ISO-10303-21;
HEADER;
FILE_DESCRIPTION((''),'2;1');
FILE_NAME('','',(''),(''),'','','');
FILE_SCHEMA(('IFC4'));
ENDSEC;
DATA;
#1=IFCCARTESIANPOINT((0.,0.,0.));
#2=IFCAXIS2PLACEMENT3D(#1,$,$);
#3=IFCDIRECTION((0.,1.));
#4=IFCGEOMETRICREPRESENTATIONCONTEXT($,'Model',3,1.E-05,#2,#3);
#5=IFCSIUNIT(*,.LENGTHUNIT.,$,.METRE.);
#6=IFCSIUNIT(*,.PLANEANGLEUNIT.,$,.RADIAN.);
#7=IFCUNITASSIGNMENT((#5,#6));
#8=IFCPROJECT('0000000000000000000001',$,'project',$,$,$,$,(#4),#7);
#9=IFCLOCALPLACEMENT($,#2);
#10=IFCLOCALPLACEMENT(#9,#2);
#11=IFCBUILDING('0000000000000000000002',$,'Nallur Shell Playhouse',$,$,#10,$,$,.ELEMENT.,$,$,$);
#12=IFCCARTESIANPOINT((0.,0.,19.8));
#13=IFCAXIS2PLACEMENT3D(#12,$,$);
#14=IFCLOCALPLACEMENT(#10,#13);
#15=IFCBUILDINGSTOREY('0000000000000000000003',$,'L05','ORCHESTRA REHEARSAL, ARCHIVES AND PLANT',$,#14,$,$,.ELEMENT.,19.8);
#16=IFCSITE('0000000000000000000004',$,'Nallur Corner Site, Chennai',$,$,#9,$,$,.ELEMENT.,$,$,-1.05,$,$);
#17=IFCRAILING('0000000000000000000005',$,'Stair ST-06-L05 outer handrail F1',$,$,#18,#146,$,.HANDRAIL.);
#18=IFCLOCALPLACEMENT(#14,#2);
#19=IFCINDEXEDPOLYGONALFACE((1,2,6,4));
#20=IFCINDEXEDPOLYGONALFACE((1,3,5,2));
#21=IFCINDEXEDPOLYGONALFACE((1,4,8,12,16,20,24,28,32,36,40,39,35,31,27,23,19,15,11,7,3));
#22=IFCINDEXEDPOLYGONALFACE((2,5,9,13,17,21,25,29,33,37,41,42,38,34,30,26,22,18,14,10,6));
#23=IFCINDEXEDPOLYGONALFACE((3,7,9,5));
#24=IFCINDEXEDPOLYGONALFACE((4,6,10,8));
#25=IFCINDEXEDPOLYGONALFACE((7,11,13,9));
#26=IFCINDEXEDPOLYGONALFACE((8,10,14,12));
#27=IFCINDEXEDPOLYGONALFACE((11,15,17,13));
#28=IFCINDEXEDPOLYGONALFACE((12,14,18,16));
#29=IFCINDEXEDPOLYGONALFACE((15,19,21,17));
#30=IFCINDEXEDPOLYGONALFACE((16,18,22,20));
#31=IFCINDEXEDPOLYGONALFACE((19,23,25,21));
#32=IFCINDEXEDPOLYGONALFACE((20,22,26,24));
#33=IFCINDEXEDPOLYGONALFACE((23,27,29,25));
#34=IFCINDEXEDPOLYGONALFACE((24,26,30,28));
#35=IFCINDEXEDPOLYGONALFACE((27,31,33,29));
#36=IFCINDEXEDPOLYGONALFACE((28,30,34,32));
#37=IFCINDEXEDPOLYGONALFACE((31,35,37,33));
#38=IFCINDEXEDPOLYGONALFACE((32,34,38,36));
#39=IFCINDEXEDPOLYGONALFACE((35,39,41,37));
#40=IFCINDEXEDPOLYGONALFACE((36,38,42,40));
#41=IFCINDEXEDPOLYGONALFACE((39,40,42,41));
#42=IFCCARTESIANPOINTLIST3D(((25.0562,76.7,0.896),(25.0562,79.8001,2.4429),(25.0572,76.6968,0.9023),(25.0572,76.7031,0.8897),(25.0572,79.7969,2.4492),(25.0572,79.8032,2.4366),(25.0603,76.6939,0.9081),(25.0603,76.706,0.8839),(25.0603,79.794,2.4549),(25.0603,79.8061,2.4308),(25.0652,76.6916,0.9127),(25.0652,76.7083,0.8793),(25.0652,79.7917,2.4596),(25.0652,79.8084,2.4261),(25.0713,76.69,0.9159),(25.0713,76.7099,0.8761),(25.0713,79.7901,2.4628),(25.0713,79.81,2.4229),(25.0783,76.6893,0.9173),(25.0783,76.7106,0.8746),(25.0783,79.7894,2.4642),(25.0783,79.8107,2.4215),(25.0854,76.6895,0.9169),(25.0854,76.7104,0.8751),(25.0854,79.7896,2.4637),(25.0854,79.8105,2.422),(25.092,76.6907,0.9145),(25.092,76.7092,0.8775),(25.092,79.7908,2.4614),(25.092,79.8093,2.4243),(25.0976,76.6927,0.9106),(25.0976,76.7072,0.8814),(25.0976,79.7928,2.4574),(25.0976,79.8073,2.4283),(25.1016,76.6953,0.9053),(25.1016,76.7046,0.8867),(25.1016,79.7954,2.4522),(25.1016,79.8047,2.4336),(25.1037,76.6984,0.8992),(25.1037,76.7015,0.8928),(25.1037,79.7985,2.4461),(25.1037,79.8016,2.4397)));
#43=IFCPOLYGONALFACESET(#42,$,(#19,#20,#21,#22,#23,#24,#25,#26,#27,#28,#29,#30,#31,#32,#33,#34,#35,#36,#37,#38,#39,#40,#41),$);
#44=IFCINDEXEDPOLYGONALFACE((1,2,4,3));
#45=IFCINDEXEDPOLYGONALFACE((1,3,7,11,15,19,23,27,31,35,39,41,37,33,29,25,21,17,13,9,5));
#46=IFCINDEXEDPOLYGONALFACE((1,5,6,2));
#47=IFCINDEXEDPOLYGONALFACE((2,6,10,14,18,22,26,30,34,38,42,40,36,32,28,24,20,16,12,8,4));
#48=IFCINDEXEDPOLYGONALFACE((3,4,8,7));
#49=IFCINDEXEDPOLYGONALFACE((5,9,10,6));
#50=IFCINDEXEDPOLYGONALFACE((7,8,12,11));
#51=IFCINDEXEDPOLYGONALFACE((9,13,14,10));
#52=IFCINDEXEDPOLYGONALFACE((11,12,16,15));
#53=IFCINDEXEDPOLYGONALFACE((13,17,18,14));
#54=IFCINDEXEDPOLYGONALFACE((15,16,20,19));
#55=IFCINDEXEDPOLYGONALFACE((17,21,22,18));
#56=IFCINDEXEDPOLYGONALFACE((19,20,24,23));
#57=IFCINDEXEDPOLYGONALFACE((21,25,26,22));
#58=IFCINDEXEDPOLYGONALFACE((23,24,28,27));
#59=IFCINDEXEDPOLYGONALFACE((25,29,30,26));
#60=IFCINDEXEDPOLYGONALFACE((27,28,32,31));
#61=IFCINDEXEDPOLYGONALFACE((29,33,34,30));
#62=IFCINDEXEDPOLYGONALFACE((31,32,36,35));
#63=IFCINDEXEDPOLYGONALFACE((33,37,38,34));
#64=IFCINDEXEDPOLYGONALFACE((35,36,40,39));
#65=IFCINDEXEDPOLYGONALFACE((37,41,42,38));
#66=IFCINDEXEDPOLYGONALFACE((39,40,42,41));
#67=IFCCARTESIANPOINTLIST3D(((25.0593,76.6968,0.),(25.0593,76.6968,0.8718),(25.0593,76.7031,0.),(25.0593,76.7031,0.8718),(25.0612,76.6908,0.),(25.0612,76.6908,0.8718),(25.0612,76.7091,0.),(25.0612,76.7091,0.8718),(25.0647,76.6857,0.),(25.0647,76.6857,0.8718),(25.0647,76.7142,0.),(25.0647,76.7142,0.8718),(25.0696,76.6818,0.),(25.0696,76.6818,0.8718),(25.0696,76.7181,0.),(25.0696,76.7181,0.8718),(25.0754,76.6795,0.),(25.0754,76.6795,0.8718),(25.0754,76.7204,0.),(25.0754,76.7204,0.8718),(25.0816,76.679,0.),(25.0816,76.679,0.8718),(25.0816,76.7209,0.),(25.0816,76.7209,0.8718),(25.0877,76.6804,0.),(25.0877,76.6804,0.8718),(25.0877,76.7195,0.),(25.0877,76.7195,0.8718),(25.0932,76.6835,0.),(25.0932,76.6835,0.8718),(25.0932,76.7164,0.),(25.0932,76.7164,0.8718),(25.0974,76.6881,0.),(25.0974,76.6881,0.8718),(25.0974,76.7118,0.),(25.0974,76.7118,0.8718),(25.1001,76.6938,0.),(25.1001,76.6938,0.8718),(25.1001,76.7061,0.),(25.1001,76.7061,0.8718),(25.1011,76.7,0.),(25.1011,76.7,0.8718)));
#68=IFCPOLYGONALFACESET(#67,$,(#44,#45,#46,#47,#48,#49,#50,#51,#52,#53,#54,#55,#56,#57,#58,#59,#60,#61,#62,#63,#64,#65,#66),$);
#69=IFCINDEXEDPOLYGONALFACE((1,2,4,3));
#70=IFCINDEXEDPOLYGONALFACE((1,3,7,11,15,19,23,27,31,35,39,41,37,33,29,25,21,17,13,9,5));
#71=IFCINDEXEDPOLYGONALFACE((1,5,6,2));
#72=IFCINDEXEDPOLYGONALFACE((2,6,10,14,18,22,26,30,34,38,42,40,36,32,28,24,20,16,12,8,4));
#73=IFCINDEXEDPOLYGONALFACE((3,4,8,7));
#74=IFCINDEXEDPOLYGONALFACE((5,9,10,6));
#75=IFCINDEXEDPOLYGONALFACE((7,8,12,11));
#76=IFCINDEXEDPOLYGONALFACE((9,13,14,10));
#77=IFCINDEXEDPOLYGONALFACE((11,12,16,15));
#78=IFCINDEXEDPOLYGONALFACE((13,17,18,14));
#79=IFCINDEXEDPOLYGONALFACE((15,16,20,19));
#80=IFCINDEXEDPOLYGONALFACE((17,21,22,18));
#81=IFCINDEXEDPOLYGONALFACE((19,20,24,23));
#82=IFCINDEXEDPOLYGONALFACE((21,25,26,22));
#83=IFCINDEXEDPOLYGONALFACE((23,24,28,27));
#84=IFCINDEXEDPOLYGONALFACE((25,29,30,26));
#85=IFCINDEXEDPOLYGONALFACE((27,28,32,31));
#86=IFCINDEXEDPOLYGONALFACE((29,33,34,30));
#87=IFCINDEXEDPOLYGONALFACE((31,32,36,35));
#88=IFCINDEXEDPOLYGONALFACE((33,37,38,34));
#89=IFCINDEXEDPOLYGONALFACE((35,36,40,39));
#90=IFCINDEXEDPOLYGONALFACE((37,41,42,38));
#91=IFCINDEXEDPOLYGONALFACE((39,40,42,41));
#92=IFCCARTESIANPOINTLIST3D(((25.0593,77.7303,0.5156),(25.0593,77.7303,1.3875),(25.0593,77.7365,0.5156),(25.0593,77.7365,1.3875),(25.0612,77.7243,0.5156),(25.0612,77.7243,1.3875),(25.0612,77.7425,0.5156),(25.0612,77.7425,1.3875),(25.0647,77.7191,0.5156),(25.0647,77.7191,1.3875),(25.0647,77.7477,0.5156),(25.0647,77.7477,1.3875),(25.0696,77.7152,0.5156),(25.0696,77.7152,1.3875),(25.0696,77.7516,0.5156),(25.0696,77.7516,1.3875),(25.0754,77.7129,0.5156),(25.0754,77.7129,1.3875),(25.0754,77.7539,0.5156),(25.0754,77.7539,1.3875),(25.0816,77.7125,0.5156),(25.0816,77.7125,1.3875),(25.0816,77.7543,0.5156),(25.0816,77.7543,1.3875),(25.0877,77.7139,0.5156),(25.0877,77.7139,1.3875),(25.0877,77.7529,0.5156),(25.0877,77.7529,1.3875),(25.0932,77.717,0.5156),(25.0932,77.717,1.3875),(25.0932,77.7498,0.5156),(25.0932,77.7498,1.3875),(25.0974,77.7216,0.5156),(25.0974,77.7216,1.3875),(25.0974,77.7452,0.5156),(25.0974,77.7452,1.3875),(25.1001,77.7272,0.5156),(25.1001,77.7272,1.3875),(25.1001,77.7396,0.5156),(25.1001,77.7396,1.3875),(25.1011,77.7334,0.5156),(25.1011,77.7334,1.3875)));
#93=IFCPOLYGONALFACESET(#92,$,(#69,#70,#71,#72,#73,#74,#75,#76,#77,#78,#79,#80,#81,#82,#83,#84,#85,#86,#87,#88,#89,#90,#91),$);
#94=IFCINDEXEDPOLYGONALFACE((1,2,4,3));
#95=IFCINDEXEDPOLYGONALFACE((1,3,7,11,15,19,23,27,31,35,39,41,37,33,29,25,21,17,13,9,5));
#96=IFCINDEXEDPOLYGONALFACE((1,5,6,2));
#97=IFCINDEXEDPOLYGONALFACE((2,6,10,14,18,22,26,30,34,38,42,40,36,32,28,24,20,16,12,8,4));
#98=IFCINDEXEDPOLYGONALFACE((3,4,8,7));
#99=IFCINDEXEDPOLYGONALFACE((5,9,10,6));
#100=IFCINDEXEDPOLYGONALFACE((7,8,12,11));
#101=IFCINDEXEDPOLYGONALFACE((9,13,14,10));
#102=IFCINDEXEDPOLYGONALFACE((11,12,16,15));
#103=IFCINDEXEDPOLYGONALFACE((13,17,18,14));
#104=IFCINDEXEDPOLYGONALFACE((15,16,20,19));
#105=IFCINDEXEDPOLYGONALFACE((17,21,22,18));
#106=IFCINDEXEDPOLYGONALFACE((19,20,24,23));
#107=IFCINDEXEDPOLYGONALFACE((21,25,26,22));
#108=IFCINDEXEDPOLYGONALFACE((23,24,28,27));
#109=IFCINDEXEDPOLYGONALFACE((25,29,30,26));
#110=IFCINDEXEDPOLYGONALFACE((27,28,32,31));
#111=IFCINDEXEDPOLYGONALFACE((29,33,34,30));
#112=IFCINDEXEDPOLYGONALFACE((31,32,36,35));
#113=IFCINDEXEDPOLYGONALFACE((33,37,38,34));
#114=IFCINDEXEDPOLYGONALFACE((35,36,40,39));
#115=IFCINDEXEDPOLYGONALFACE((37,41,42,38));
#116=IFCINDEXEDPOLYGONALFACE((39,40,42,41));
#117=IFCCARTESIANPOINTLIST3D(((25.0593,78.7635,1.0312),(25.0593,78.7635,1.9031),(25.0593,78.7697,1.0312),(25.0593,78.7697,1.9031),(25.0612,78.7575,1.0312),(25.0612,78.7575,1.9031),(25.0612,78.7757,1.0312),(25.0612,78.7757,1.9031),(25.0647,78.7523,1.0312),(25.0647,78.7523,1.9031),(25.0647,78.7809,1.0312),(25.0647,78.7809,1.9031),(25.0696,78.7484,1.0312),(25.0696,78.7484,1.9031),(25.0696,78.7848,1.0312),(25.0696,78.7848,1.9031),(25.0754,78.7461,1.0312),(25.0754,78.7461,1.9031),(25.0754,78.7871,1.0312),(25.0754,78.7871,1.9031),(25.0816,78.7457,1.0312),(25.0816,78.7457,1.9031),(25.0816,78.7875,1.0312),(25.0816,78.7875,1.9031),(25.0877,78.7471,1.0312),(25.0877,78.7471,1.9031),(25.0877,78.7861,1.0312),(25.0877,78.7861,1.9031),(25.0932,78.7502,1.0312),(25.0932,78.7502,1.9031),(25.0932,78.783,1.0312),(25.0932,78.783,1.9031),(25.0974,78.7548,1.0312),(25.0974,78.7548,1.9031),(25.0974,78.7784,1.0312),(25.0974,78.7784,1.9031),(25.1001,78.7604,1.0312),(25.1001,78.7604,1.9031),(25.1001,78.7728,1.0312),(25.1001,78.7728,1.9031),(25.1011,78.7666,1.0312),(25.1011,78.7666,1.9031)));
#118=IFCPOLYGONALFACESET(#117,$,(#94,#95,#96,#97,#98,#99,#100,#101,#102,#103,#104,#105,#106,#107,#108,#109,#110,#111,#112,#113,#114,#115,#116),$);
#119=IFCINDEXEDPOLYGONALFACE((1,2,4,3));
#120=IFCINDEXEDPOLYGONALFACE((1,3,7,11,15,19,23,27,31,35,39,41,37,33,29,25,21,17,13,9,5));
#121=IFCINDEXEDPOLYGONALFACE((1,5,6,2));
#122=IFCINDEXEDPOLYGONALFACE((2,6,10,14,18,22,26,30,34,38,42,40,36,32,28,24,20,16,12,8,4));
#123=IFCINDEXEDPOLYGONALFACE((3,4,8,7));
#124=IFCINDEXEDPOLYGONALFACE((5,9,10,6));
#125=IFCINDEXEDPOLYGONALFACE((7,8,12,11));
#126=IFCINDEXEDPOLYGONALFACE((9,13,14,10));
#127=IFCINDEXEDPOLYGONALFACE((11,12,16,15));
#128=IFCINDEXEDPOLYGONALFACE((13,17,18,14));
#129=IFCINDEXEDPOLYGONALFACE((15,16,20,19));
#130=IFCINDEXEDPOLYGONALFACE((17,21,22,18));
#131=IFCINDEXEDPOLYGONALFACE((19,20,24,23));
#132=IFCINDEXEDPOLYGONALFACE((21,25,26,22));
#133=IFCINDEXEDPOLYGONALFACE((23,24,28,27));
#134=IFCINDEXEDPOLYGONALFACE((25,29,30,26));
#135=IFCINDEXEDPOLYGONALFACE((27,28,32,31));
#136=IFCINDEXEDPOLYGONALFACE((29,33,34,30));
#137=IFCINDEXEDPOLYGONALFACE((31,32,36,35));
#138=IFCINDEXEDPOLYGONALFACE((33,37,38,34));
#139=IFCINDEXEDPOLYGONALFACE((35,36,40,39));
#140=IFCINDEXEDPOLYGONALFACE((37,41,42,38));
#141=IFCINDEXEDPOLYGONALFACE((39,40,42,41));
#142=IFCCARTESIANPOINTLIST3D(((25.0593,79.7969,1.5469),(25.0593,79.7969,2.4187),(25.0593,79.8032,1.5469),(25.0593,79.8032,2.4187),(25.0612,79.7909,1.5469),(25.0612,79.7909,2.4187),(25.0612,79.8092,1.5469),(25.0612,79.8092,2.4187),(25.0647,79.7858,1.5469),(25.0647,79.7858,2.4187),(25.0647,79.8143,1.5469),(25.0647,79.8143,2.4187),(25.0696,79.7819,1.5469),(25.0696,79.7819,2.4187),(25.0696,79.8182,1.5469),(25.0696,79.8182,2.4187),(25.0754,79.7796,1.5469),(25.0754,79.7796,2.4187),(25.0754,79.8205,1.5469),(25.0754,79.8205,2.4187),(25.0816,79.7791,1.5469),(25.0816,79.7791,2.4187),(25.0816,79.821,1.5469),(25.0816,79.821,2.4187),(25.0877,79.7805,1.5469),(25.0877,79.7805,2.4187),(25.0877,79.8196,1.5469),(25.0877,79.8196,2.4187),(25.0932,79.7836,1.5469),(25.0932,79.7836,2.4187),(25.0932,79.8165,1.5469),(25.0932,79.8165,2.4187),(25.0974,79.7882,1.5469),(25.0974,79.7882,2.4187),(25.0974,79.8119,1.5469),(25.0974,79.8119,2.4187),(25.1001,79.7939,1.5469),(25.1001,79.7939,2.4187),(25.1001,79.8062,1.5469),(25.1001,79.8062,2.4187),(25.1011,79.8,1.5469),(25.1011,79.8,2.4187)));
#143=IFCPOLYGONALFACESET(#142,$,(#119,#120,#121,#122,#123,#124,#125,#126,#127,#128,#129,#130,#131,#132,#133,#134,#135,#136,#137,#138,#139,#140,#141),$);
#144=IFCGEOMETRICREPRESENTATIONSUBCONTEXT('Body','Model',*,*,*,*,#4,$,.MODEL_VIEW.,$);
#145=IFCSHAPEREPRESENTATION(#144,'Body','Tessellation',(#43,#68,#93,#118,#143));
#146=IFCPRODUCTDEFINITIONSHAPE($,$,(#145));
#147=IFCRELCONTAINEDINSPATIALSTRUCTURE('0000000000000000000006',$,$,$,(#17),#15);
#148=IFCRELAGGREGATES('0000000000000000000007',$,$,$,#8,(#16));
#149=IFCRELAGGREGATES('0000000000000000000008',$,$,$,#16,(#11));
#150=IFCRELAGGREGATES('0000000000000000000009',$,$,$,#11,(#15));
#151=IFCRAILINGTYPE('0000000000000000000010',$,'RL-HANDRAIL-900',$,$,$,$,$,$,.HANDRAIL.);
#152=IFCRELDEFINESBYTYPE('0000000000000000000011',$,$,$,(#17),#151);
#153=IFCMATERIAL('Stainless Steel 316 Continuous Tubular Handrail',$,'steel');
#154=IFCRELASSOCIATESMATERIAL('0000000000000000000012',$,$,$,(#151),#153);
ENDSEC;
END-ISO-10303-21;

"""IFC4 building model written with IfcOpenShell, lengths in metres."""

from ifc_helpers import new_model, si_unit, direction, frame, origin, origin_2d, place, context, subcontext, project, spatial, circle, extrude, material, type_object, element, save


model = new_model("IFC4")

# Units and contexts
model_context = context("Model", 3, precision=1e-05, world=origin(), true_north=direction((0.0, 1.0)))
body_context = subcontext(model_context, "Body", "Model", "MODEL_VIEW")
ifc_project = project(units=[si_unit("LENGTHUNIT", "METRE"), si_unit("PLANEANGLEUNIT", "RADIAN")], contexts=[model_context])

# Site, building, storey
site_placement = place(None, origin())
site = spatial("IfcSite", under=ifc_project, at=site_placement, Name="Nallur Corner Site, Chennai", CompositionType="ELEMENT", RefElevation=-1.05)
building_placement = place(site_placement, origin())
building = spatial("IfcBuilding", under=site, at=building_placement, Name="Nallur Shell Playhouse", CompositionType="ELEMENT")
storey_placement = place(building_placement, frame((0.0, 0.0, 19.8)))
storey = spatial("IfcBuildingStorey", under=building, at=storey_placement, Name="L05", Description="ORCHESTRA REHEARSAL, ARCHIVES AND PLANT", CompositionType="ELEMENT", Elevation=19.8)

# Railing
ifc_material_1 = material(Name="Stainless Steel 316 Continuous Tubular Handrail", Category="steel")
railing_type_1 = type_object("IfcRailingType", Name="RL-HANDRAIL-900", PredefinedType="HANDRAIL", material=ifc_material_1)
railing_1_placement = place(storey_placement, frame((25.0801, 76.7, 0.0)))
element("IfcRailing", 1, at=railing_1_placement, inside=storey, type_object=railing_type_1, Name="Stair ST-06-L05 outer handrail F1", PredefinedType="HANDRAIL", context=body_context, shape_type="SweptSolid", body=[
    extrude(circle(Radius=0.0239, at=origin_2d()), frame((0.0, 0.0, 0.896), z_axis=(0.0, 0.894793, 0.446481), x_axis=(-1.0, 0.0, 0.0)), (0.0, 0.0, 1.0), 3.4646),
    extrude(circle(Radius=0.021, at=origin_2d()), origin(), (0.0, 0.0, 1.0), 0.8718),
    extrude(circle(Radius=0.021, at=origin_2d()), frame((0.0, 1.0334, 0.5156)), (0.0, 0.0, 1.0), 0.8718),
    extrude(circle(Radius=0.021, at=origin_2d()), frame((0.0, 2.0667, 1.0312)), (0.0, 0.0, 1.0), 0.8718),
    extrude(circle(Radius=0.021, at=origin_2d()), frame((0.0, 3.1001, 1.5469)), (0.0, 0.0, 1.0), 0.8718),
])

save(model, "model.ifc")
